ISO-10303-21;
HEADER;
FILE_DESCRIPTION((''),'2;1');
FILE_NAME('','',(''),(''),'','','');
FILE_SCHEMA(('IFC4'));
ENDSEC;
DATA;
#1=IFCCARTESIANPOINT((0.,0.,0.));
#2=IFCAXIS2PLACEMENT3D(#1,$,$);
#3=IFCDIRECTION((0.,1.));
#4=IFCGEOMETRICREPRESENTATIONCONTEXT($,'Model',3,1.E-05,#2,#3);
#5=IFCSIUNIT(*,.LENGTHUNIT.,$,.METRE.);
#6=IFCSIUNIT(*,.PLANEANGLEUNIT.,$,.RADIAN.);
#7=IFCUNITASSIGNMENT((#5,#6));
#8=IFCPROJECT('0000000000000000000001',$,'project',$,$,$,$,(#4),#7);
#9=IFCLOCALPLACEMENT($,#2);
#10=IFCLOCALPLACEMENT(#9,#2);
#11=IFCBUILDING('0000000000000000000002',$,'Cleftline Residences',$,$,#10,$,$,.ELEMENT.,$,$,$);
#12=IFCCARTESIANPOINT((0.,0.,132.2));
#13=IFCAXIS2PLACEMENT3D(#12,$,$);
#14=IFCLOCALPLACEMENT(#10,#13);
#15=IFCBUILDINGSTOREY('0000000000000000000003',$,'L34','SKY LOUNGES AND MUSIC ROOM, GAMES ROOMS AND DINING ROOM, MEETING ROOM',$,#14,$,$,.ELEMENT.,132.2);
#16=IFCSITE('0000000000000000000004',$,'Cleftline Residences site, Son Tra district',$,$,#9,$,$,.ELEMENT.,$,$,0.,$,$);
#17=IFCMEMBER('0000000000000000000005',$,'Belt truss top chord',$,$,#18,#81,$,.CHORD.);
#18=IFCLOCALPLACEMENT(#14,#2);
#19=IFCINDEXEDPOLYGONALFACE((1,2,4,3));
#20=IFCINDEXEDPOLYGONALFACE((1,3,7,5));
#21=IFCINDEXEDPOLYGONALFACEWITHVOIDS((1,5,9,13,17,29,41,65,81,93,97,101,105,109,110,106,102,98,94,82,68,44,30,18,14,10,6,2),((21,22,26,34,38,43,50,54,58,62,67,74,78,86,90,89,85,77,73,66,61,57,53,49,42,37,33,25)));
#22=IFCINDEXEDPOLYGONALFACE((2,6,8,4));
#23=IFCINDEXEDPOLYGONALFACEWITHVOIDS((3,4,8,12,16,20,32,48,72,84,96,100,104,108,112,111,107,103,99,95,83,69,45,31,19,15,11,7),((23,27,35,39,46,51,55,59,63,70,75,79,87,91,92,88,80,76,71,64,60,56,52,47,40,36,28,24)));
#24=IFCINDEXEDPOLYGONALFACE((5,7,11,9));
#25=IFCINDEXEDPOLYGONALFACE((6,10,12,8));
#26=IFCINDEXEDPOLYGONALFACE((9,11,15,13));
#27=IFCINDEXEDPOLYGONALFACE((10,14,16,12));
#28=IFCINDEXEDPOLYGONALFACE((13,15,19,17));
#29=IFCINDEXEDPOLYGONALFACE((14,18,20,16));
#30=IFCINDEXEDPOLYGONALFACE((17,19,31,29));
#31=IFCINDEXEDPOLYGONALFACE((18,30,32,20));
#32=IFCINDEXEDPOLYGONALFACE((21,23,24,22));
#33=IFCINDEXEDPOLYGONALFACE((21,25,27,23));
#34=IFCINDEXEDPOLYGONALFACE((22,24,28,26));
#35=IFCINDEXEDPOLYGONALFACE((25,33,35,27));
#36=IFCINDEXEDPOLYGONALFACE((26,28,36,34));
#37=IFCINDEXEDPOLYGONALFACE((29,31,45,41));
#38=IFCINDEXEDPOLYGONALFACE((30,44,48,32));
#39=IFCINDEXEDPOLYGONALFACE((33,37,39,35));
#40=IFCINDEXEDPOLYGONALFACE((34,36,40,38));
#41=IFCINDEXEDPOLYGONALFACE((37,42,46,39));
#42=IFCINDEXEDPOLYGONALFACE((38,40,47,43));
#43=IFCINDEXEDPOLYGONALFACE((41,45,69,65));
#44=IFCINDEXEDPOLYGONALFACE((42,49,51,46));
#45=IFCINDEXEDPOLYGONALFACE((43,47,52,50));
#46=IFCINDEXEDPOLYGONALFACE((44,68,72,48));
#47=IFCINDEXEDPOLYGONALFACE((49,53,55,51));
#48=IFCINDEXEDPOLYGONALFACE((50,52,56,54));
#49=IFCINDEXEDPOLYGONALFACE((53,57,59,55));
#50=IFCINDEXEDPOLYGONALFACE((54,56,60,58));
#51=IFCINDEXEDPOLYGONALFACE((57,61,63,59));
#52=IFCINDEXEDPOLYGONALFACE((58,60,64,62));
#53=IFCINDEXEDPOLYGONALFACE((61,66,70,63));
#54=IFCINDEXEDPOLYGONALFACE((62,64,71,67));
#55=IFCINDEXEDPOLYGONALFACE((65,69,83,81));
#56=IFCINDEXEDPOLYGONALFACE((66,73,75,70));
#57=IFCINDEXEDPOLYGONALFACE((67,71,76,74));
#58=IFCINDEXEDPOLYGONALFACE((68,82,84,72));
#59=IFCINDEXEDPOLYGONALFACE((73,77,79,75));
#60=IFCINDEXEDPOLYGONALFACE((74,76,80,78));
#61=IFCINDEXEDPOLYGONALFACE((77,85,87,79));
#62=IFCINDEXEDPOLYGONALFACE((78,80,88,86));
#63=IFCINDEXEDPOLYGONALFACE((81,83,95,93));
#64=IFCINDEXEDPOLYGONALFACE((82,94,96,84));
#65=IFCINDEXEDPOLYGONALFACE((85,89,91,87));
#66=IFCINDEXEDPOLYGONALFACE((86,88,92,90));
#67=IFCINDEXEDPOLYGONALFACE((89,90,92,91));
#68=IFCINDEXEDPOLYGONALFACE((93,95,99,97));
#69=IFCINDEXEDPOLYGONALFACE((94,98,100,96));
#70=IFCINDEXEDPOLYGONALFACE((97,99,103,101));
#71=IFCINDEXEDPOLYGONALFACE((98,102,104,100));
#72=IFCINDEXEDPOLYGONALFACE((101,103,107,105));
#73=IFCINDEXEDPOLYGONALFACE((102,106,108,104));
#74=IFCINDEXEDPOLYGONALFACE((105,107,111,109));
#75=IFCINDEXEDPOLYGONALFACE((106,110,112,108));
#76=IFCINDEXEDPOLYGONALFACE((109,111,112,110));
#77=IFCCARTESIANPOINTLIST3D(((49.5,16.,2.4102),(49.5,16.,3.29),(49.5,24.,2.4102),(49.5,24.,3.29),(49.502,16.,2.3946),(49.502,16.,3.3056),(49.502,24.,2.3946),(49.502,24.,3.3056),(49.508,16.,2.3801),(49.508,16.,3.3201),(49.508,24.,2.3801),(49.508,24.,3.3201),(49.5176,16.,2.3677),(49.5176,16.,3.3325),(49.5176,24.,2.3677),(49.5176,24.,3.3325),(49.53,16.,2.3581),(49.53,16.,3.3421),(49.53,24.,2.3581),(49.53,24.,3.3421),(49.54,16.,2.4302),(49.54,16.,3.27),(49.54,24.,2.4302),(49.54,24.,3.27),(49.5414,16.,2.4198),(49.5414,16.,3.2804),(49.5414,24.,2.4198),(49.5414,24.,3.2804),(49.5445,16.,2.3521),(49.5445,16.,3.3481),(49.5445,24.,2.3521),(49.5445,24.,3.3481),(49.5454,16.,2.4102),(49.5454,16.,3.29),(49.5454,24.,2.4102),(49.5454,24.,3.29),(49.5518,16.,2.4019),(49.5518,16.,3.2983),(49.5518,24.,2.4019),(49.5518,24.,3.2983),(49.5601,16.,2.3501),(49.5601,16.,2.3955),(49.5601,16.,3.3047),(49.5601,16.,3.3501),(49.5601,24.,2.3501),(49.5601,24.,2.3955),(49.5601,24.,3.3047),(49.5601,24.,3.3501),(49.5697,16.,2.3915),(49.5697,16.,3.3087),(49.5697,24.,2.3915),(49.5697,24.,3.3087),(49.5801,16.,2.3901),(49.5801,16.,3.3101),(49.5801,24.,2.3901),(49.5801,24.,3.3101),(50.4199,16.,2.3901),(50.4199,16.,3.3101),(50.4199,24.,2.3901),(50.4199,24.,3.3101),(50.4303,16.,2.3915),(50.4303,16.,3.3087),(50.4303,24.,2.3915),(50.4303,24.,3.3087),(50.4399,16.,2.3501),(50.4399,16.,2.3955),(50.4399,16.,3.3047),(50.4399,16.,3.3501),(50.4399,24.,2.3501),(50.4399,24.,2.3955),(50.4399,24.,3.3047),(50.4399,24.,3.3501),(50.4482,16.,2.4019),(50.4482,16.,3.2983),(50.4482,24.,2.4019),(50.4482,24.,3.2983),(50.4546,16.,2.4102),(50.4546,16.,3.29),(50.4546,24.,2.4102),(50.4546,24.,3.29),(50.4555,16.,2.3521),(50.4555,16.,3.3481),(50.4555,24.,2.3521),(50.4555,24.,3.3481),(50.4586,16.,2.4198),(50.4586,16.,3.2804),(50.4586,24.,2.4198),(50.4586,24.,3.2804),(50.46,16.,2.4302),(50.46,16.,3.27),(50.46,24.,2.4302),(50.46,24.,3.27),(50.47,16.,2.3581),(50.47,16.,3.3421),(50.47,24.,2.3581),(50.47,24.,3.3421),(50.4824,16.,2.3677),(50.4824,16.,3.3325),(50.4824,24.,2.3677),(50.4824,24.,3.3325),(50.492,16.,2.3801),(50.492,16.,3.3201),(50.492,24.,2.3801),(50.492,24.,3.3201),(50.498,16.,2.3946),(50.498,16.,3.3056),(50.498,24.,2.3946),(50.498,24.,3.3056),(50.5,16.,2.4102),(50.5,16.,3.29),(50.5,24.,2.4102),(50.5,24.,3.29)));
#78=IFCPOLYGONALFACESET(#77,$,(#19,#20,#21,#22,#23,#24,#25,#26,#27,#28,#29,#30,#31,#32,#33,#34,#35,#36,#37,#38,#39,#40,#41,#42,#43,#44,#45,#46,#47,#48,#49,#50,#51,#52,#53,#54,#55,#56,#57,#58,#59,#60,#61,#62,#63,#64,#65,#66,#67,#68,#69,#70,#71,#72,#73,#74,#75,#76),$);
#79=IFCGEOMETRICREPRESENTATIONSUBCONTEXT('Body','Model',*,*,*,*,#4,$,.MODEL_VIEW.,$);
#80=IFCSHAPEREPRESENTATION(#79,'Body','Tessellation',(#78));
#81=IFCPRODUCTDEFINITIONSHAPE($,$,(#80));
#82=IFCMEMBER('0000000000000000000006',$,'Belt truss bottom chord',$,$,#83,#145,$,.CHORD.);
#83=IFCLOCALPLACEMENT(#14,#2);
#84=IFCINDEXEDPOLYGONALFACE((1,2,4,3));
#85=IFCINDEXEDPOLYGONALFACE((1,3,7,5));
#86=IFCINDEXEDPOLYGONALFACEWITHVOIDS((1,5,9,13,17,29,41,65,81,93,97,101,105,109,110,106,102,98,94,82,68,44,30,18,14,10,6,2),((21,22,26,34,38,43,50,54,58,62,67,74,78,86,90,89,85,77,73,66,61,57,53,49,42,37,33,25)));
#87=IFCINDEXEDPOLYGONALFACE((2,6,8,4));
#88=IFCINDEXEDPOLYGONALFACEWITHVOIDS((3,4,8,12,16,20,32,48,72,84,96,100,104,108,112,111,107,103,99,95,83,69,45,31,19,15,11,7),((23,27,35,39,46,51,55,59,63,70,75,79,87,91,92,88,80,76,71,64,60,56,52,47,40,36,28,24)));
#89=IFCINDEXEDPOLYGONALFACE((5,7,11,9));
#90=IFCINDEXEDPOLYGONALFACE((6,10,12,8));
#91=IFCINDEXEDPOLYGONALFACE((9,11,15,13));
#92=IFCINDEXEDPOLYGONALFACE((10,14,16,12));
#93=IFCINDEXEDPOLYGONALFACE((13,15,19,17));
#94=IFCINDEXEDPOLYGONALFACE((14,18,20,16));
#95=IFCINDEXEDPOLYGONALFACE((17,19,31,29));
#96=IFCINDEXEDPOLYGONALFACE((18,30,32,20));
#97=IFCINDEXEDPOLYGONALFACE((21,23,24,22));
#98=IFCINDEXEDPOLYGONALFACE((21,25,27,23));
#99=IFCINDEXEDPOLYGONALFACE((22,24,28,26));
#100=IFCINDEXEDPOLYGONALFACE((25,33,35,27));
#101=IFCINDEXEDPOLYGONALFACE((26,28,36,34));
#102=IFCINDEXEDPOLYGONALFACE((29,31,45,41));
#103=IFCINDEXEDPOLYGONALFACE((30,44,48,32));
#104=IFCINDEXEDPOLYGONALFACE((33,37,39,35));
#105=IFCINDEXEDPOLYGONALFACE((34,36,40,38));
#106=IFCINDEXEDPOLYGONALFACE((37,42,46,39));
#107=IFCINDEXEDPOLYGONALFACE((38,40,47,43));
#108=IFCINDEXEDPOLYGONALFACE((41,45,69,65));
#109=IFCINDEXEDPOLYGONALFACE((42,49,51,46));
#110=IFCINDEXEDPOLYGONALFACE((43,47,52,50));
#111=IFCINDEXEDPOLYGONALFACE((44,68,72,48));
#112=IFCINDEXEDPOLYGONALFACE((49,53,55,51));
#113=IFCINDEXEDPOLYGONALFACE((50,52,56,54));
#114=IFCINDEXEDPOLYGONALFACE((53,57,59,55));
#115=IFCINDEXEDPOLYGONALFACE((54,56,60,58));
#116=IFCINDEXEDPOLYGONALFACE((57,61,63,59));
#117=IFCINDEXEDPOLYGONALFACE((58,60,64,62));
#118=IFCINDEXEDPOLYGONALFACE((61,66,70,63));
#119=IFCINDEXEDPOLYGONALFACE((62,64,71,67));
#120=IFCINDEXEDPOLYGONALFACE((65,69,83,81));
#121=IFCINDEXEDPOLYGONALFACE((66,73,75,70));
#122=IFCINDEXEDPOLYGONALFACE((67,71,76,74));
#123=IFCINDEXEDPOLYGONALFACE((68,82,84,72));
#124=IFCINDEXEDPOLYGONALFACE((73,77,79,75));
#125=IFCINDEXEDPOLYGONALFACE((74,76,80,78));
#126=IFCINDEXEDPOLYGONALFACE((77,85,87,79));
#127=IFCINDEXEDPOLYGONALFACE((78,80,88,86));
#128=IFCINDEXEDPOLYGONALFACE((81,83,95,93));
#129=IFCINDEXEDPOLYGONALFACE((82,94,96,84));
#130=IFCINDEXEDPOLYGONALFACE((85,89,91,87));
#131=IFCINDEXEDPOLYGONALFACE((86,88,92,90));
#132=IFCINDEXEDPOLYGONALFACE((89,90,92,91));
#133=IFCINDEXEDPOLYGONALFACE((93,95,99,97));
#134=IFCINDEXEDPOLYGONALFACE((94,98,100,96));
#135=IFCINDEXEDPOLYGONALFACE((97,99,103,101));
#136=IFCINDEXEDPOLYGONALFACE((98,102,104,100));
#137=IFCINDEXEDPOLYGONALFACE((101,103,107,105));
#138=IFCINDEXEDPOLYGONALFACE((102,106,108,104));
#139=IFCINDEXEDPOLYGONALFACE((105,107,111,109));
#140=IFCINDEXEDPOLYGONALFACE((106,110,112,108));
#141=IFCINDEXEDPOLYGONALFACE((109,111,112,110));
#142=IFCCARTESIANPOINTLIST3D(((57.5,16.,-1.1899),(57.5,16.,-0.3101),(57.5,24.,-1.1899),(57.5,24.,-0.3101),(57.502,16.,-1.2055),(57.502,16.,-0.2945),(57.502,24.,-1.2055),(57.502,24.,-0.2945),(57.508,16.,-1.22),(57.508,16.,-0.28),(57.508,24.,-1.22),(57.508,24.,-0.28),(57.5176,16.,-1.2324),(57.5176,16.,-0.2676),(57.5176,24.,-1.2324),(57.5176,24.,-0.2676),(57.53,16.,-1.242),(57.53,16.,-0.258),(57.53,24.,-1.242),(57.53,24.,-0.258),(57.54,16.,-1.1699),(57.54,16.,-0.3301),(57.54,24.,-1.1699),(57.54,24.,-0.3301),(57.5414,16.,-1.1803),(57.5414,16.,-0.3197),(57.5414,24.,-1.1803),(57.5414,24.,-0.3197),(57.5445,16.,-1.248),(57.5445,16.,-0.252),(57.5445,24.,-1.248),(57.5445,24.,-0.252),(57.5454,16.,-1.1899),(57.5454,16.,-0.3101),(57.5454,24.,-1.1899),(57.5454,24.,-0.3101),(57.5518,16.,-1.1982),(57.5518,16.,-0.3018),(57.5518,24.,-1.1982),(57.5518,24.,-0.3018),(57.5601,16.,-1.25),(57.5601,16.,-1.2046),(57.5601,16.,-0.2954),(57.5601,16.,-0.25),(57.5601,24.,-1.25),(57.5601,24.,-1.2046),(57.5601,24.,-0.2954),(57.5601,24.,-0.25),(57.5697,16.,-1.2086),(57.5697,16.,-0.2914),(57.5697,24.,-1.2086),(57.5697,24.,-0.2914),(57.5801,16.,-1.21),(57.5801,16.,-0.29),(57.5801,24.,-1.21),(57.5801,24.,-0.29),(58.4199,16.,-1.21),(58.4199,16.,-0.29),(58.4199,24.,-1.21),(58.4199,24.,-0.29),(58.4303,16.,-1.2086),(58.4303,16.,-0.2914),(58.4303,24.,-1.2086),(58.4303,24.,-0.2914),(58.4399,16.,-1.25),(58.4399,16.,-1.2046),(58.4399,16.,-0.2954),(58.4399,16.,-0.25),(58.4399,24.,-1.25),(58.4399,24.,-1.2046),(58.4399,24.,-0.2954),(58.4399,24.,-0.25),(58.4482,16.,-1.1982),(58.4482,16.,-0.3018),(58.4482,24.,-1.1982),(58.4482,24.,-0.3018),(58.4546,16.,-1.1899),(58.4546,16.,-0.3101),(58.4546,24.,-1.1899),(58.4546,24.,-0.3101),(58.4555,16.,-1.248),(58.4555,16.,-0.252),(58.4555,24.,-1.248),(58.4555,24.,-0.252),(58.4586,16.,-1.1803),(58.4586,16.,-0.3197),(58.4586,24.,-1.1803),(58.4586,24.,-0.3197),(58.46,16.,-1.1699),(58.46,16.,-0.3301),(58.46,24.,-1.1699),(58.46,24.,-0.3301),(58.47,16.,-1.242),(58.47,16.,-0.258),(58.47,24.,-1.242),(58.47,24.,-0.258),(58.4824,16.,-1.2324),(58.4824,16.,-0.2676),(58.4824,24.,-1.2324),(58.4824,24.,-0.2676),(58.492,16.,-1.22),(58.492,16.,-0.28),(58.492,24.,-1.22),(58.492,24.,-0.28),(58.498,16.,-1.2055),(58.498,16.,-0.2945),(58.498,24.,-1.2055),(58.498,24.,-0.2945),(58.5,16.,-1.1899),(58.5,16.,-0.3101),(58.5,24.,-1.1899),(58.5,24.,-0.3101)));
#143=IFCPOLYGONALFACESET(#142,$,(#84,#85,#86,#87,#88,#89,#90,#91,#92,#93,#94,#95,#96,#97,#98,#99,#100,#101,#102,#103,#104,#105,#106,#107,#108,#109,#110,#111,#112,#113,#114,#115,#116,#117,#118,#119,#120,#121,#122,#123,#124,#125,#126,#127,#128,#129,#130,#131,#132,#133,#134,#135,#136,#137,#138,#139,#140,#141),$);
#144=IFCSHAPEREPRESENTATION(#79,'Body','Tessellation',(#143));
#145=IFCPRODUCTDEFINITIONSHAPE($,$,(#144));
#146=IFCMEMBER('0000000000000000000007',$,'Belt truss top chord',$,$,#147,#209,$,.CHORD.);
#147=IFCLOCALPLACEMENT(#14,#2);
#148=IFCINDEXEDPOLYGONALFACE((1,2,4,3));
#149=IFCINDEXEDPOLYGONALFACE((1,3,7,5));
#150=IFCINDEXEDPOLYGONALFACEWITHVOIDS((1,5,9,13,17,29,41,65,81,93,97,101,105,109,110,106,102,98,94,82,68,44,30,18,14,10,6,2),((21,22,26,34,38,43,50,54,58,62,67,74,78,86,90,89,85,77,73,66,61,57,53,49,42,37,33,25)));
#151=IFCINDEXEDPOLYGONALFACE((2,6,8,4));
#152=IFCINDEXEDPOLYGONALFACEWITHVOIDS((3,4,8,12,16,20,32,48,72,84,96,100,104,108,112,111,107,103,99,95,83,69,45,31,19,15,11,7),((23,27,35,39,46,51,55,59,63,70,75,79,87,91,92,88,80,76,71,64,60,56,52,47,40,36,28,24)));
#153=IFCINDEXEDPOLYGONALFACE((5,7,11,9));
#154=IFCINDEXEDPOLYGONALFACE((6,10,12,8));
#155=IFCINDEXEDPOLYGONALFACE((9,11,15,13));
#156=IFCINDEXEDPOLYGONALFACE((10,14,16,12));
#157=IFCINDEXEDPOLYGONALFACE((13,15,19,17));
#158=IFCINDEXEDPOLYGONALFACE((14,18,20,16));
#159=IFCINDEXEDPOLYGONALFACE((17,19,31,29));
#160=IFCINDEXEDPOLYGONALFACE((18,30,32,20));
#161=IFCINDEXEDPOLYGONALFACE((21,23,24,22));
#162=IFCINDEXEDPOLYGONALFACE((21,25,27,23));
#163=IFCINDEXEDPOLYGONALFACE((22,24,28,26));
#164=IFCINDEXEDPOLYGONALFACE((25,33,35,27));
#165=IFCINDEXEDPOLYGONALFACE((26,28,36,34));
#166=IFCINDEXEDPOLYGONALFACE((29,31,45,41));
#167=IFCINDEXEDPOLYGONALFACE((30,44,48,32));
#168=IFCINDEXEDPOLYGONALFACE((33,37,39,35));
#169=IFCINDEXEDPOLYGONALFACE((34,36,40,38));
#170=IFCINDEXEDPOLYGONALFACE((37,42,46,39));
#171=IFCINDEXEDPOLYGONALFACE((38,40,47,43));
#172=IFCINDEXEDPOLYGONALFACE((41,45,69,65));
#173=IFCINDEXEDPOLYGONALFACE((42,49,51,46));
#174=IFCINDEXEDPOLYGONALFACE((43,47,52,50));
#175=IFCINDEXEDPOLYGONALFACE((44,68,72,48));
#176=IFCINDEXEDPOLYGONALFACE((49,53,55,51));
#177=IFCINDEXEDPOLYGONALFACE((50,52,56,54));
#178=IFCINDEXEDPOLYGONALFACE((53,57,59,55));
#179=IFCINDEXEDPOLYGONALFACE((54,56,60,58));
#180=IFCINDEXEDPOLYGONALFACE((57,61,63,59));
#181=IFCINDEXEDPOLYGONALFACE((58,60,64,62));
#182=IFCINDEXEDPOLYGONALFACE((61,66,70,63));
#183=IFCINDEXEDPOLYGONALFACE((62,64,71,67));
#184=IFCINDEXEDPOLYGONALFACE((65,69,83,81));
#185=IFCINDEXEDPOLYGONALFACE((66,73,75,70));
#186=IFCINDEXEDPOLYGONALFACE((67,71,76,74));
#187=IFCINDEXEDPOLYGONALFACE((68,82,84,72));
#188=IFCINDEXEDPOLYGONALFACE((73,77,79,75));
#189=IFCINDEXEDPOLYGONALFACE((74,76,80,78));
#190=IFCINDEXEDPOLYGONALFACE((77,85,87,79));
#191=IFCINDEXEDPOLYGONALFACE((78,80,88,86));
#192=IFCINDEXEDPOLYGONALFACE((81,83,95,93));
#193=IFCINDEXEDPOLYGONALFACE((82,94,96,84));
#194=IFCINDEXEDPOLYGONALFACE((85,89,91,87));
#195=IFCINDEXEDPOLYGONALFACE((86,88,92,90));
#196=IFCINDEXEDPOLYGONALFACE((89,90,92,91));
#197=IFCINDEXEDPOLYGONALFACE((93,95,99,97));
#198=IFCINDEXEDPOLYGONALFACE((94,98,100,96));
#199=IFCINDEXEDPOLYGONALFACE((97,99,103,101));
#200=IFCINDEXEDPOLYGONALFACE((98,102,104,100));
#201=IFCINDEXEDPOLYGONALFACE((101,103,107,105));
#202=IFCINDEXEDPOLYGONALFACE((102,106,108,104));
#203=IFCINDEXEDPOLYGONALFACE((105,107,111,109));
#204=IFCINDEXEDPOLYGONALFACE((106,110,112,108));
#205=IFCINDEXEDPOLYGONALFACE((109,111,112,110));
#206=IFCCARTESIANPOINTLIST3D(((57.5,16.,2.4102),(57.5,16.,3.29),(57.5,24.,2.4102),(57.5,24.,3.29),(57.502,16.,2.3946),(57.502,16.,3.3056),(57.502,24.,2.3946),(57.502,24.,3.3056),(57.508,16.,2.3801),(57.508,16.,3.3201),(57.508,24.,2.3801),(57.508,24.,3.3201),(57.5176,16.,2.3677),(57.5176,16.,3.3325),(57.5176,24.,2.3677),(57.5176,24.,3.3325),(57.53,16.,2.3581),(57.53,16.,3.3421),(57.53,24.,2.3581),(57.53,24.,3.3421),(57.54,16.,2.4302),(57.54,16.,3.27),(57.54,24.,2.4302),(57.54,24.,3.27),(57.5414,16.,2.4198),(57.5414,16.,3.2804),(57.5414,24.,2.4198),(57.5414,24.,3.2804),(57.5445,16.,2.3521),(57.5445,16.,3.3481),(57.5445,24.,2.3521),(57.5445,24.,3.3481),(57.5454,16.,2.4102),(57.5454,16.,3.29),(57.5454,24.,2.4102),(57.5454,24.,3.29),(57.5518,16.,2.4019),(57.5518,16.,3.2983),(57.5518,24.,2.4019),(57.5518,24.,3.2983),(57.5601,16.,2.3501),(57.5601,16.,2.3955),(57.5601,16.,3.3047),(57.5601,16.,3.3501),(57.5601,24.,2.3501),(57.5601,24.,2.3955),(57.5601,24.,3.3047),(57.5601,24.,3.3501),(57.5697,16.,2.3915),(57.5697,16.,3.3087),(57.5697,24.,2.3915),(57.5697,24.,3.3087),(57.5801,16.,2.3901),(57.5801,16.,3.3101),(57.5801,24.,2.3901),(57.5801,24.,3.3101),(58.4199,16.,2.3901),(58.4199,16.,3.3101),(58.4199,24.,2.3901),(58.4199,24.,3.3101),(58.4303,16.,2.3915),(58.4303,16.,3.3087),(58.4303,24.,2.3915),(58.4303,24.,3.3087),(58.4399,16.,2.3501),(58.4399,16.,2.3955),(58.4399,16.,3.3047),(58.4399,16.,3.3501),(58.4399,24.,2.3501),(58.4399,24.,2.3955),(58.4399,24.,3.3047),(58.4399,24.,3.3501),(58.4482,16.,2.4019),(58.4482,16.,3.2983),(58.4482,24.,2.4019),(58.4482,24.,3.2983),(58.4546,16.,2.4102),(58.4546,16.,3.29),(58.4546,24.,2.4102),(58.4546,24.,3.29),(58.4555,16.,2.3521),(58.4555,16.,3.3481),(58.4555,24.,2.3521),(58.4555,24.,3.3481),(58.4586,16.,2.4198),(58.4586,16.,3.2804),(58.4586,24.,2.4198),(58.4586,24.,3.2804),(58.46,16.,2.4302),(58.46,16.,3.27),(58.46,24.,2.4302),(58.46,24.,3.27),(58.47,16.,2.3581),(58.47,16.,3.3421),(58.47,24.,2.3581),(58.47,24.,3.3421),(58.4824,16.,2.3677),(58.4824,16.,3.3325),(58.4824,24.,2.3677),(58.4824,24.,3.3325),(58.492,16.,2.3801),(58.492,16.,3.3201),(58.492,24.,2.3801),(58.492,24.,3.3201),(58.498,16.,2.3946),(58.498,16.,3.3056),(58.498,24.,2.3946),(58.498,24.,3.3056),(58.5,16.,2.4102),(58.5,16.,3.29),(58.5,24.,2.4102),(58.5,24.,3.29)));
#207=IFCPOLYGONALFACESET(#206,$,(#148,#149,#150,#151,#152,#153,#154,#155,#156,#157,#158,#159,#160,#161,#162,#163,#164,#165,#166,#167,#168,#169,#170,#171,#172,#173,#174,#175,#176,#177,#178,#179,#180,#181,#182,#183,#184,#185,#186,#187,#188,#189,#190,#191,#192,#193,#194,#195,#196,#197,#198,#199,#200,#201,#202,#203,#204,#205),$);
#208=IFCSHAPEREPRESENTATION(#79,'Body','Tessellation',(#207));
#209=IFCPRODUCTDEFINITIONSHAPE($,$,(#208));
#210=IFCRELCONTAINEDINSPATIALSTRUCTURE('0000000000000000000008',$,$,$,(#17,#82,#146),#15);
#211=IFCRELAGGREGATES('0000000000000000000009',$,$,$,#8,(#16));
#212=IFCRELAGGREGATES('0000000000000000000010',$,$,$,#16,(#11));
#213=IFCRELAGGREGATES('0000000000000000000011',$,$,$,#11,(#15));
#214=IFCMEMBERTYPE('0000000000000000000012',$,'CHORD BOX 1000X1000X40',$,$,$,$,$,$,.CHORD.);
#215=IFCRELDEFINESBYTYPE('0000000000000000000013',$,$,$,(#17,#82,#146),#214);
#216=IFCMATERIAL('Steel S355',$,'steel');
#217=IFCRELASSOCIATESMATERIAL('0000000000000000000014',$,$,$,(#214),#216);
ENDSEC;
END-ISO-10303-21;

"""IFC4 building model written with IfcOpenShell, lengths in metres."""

from ifc_helpers import new_model, si_unit, direction, frame, origin, origin_2d, place, context, subcontext, project, spatial, hollow_rectangle, extrude, material, material_profile, profile_set, type_object, element, save


model = new_model("IFC4")

# Units and contexts
model_context = context("Model", 3, precision=1e-05, world=origin(), true_north=direction((0.0, 1.0)))
body_context = subcontext(model_context, "Body", "Model", "MODEL_VIEW")
ifc_project = project(units=[si_unit("LENGTHUNIT", "METRE"), si_unit("PLANEANGLEUNIT", "RADIAN")], contexts=[model_context])

# Site, building, storey
site_placement = place(None, origin())
site = spatial("IfcSite", under=ifc_project, at=site_placement, Name="Cleftline Residences site, Son Tra district", CompositionType="ELEMENT", RefElevation=0.0)
building_placement = place(site_placement, origin())
building = spatial("IfcBuilding", under=site, at=building_placement, Name="Cleftline Residences", CompositionType="ELEMENT")
storey_placement = place(building_placement, frame((0.0, 0.0, 132.2)))
storey = spatial("IfcBuildingStorey", under=building, at=storey_placement, Name="L34", Description="SKY LOUNGES AND MUSIC ROOM, GAMES ROOMS AND DINING ROOM, MEETING ROOM", CompositionType="ELEMENT", Elevation=132.2)

# Members
ifc_material_1 = material(Name="Steel S355", Category="steel")
ifc_material_profile_1 = material_profile(ifc_material_1, hollow_rectangle(XDim=1.0, YDim=1.0, WallThickness=0.04, InnerFilletRadius=0.04, OuterFilletRadius=0.0601, at=origin_2d()))
ifc_profile_set_1 = profile_set([ifc_material_profile_1], Name="Steel S355")
member_type_1 = type_object("IfcMemberType", Name="CHORD BOX 1000X1000X40", PredefinedType="CHORD", material=ifc_profile_set_1)
for number, where, z_axis, x_axis, name in (
    (1, (50.0, 16.0, 2.8501), (0.0, 1.0, 0.0), (-1.0, 0.0, 0.0), "Belt truss top chord"),
    (2, (58.0, 16.0, -0.75), (0.0, 1.0, 0.0), (-1.0, 0.0, 0.0), "Belt truss bottom chord"),
    (3, (58.0, 16.0, 2.8501), (0.0, 1.0, 0.0), (-1.0, 0.0, 0.0), "Belt truss top chord"),
):
    element("IfcMember", number, at=place(storey_placement, frame(where, z_axis=z_axis, x_axis=x_axis)), inside=storey, type_object=member_type_1, Name=name, PredefinedType="CHORD", context=body_context, shape_type="SweptSolid", body=[
        extrude(hollow_rectangle(XDim=1.0, YDim=1.0, WallThickness=0.04, InnerFilletRadius=0.04, OuterFilletRadius=0.0601, at=origin_2d()), origin(), (0.0, 0.0, 1.0), 8.0),
    ])

save(model, "model.ifc")
